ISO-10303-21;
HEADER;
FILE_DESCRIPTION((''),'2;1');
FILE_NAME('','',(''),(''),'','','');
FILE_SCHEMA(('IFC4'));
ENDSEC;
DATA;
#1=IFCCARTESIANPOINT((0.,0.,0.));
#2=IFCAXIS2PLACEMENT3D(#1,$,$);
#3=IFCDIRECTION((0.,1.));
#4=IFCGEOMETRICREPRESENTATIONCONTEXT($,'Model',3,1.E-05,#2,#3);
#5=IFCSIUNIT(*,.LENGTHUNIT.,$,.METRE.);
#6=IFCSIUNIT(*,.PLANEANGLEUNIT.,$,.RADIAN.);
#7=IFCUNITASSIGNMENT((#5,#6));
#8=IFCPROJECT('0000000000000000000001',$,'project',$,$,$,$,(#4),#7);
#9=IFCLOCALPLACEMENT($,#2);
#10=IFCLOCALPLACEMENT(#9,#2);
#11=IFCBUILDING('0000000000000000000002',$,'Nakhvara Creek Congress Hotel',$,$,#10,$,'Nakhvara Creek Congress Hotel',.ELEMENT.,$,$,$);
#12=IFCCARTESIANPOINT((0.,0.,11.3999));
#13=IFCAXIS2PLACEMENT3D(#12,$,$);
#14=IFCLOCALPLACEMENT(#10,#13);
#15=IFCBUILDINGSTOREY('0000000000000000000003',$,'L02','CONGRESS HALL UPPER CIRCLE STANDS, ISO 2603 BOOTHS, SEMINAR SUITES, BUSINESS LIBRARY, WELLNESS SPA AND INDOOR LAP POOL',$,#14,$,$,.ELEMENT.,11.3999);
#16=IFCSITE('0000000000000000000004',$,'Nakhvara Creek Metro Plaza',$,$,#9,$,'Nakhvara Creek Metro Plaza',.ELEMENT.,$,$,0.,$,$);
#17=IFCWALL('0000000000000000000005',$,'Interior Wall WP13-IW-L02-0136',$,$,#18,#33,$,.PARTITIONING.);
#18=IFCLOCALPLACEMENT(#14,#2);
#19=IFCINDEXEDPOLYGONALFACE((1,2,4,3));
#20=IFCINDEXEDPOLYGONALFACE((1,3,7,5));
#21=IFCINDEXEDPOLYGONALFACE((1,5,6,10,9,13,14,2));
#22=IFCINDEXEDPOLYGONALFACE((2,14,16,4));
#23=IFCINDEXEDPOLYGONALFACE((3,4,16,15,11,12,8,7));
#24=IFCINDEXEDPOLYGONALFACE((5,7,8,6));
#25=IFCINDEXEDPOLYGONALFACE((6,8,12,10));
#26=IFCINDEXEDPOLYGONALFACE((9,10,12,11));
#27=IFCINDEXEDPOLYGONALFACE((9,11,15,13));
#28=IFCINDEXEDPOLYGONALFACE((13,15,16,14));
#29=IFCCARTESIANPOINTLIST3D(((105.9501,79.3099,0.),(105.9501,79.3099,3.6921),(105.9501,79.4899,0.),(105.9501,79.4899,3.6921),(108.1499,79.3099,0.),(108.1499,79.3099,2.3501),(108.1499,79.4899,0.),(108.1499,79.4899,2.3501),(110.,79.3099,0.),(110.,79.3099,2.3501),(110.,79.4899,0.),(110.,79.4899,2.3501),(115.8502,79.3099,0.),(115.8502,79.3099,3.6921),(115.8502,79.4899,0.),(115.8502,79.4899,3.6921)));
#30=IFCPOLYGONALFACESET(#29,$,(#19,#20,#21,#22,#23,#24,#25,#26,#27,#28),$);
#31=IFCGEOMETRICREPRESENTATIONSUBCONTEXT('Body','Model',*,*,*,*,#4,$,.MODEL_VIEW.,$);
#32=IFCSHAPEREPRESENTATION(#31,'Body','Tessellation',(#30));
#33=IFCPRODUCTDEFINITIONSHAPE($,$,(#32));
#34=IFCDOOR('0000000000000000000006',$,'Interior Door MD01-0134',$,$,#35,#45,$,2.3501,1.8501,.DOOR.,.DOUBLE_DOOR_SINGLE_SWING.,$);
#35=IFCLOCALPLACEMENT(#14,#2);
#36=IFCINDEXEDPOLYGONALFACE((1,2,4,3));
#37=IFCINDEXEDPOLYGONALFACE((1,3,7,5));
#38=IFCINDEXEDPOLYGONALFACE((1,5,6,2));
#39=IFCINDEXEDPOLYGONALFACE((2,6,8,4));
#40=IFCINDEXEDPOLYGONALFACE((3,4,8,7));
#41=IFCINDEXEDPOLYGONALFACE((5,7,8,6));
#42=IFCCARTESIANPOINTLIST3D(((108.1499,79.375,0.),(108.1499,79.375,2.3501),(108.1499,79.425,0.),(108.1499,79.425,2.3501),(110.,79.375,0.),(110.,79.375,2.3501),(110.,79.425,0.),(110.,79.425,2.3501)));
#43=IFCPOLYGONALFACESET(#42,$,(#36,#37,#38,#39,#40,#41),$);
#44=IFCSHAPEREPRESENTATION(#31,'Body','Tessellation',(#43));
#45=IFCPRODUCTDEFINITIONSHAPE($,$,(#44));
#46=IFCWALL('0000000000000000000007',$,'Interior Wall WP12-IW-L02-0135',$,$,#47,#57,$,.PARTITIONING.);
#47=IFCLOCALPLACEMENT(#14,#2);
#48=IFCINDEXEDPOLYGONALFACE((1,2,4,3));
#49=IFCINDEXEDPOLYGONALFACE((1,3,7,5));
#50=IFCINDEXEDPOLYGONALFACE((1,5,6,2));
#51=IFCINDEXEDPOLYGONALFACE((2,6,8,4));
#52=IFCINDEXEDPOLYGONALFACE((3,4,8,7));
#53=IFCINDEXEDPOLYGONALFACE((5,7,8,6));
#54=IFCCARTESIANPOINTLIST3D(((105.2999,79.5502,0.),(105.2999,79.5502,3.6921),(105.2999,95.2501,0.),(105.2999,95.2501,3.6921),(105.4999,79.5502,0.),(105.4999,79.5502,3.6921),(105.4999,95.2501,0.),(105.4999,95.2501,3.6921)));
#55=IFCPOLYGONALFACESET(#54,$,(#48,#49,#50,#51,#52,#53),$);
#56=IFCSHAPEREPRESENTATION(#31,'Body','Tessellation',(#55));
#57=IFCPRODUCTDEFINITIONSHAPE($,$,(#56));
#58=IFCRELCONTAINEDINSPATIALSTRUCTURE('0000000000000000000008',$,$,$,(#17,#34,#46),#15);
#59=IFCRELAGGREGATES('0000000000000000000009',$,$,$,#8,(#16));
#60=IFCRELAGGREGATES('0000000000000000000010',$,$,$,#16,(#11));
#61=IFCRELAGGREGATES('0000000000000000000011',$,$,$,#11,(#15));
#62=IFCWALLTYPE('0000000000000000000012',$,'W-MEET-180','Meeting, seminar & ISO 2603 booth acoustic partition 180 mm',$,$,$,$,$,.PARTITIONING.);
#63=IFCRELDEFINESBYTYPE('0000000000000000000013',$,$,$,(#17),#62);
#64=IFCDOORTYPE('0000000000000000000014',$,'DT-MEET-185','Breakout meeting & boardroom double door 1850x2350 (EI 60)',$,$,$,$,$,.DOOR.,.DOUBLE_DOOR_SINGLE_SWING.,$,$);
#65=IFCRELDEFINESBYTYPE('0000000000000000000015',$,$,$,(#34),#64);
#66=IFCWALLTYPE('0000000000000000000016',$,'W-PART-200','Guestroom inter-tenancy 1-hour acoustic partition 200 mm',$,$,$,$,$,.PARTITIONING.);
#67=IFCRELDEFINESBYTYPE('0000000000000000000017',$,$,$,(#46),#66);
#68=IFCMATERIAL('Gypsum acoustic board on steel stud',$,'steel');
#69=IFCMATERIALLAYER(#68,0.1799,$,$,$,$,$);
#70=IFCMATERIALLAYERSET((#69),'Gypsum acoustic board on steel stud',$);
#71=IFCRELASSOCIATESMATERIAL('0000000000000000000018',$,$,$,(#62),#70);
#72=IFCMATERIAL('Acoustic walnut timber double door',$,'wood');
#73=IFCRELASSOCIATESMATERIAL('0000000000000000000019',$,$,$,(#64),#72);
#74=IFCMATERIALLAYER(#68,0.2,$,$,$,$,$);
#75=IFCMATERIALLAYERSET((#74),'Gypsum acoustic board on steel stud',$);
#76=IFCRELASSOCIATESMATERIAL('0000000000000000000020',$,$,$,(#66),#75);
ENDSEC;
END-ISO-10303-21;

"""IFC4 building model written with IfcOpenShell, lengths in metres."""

from ifc_helpers import new_model, si_unit, direction, frame, frame_2d, origin, place, context, subcontext, project, spatial, rectangle, extrude, material, layer, layer_set, type_object, element, fill, save


model = new_model("IFC4")

# Units and contexts
model_context = context("Model", 3, precision=1e-05, world=origin(), true_north=direction((0.0, 1.0)))
body_context = subcontext(model_context, "Body", "Model", "MODEL_VIEW")
ifc_project = project(units=[si_unit("LENGTHUNIT", "METRE"), si_unit("PLANEANGLEUNIT", "RADIAN")], contexts=[model_context])

# Site, building, storey
site_placement = place(None, origin())
site = spatial("IfcSite", under=ifc_project, at=site_placement, Name="Nakhvara Creek Metro Plaza", LongName="Nakhvara Creek Metro Plaza", CompositionType="ELEMENT", RefElevation=0.0)
building_placement = place(site_placement, origin())
building = spatial("IfcBuilding", under=site, at=building_placement, Name="Nakhvara Creek Congress Hotel", LongName="Nakhvara Creek Congress Hotel", CompositionType="ELEMENT")
storey_placement = place(building_placement, frame((0.0, 0.0, 11.3999)))
storey = spatial("IfcBuildingStorey", under=building, at=storey_placement, Name="L02", Description="CONGRESS HALL UPPER CIRCLE STANDS, ISO 2603 BOOTHS, SEMINAR SUITES, BUSINESS LIBRARY, WELLNESS SPA AND INDOOR LAP POOL", CompositionType="ELEMENT", Elevation=11.3999)

# Wall, opening, door
ifc_material_1 = material(Name="Gypsum acoustic board on steel stud", Category="steel")
ifc_layer_1 = layer(ifc_material_1, 0.1799)
ifc_layer_set_1 = layer_set([ifc_layer_1], Name="Gypsum acoustic board on steel stud")
wall_type_1 = type_object("IfcWallType", Name="W-MEET-180", Description="Meeting, seminar & ISO 2603 booth acoustic partition 180 mm", PredefinedType="PARTITIONING", material=ifc_layer_set_1)
ifc_material_2 = material(Name="Acoustic walnut timber double door", Category="wood")
door_type = type_object("IfcDoorType", Name="DT-MEET-185", Description="Breakout meeting & boardroom double door 1850x2350 (EI 60)", OperationType="DOUBLE_DOOR_SINGLE_SWING", PredefinedType="DOOR", material=ifc_material_2)
wall_1_placement = place(storey_placement, frame((105.95, 79.3999, 0.0), z_axis=(0.0, 0.0, 1.0), x_axis=(1.0, 0.0, 0.0)))
wall_1 = element("IfcWall", 1, at=wall_1_placement, inside=storey, type_object=wall_type_1, Name="Interior Wall WP13-IW-L02-0136", PredefinedType="PARTITIONING", context=body_context, shape_type="SweptSolid", body=[
    extrude(rectangle(XDim=9.9001, YDim=0.1799, at=frame_2d((4.9502, 0.0))), origin(), (0.0, 0.0, 1.0), 3.6921),
])
opening_1_placement = place(wall_1_placement, frame((2.2, 0.0, 0.0)))
opening_1 = element("IfcOpeningElement", 2, at=opening_1_placement, cuts=wall_1, PredefinedType="OPENING", context=body_context, shape_type="SweptSolid", body=[
    extrude(rectangle(XDim=1.8501, YDim=2.3501, at=frame_2d((0.925, 1.175))), frame((0.0, 0.1021, 0.0), z_axis=(0.0, -1.0, 0.0), x_axis=(1.0, 0.0, 0.0)), (0.0, 0.0, 1.0), 0.2039),
])
door_1_placement = place(opening_1_placement, frame((1.8501, 0.0, 0.0), z_axis=(0.0, 0.0, 1.0), x_axis=(-1.0, 0.0, 0.0)))
door_1 = element("IfcDoor", 3, at=door_1_placement, inside=storey, type_object=door_type, Name="Interior Door MD01-0134", OperationType="DOUBLE_DOOR_SINGLE_SWING", OverallHeight=2.3501, OverallWidth=1.8501, PredefinedType="DOOR", context=body_context, shape_type="SweptSolid", body=[
    extrude(rectangle(XDim=1.8501, YDim=2.3501, at=frame_2d((0.925, 1.175))), frame((0.0, 0.0249, 0.0), z_axis=(0.0, -1.0, 0.0), x_axis=(1.0, 0.0, 0.0)), (0.0, 0.0, 1.0), 0.05),
])
fill(opening_1, door_1)

# Wall
ifc_layer_2 = layer(ifc_material_1, 0.2)
ifc_layer_set_2 = layer_set([ifc_layer_2], Name="Gypsum acoustic board on steel stud")
wall_type_2 = type_object("IfcWallType", Name="W-PART-200", Description="Guestroom inter-tenancy 1-hour acoustic partition 200 mm", PredefinedType="PARTITIONING", material=ifc_layer_set_2)
wall_2_placement = place(storey_placement, frame((105.3999, 79.55, 0.0), z_axis=(0.0, 0.0, 1.0), x_axis=(0.0, 1.0, 0.0)))
element("IfcWall", 4, at=wall_2_placement, inside=storey, type_object=wall_type_2, Name="Interior Wall WP12-IW-L02-0135", PredefinedType="PARTITIONING", context=body_context, shape_type="SweptSolid", body=[
    extrude(rectangle(XDim=15.7, YDim=0.2, at=frame_2d((7.8501, 0.0))), origin(), (0.0, 0.0, 1.0), 3.6921),
])

save(model, "model.ifc")
